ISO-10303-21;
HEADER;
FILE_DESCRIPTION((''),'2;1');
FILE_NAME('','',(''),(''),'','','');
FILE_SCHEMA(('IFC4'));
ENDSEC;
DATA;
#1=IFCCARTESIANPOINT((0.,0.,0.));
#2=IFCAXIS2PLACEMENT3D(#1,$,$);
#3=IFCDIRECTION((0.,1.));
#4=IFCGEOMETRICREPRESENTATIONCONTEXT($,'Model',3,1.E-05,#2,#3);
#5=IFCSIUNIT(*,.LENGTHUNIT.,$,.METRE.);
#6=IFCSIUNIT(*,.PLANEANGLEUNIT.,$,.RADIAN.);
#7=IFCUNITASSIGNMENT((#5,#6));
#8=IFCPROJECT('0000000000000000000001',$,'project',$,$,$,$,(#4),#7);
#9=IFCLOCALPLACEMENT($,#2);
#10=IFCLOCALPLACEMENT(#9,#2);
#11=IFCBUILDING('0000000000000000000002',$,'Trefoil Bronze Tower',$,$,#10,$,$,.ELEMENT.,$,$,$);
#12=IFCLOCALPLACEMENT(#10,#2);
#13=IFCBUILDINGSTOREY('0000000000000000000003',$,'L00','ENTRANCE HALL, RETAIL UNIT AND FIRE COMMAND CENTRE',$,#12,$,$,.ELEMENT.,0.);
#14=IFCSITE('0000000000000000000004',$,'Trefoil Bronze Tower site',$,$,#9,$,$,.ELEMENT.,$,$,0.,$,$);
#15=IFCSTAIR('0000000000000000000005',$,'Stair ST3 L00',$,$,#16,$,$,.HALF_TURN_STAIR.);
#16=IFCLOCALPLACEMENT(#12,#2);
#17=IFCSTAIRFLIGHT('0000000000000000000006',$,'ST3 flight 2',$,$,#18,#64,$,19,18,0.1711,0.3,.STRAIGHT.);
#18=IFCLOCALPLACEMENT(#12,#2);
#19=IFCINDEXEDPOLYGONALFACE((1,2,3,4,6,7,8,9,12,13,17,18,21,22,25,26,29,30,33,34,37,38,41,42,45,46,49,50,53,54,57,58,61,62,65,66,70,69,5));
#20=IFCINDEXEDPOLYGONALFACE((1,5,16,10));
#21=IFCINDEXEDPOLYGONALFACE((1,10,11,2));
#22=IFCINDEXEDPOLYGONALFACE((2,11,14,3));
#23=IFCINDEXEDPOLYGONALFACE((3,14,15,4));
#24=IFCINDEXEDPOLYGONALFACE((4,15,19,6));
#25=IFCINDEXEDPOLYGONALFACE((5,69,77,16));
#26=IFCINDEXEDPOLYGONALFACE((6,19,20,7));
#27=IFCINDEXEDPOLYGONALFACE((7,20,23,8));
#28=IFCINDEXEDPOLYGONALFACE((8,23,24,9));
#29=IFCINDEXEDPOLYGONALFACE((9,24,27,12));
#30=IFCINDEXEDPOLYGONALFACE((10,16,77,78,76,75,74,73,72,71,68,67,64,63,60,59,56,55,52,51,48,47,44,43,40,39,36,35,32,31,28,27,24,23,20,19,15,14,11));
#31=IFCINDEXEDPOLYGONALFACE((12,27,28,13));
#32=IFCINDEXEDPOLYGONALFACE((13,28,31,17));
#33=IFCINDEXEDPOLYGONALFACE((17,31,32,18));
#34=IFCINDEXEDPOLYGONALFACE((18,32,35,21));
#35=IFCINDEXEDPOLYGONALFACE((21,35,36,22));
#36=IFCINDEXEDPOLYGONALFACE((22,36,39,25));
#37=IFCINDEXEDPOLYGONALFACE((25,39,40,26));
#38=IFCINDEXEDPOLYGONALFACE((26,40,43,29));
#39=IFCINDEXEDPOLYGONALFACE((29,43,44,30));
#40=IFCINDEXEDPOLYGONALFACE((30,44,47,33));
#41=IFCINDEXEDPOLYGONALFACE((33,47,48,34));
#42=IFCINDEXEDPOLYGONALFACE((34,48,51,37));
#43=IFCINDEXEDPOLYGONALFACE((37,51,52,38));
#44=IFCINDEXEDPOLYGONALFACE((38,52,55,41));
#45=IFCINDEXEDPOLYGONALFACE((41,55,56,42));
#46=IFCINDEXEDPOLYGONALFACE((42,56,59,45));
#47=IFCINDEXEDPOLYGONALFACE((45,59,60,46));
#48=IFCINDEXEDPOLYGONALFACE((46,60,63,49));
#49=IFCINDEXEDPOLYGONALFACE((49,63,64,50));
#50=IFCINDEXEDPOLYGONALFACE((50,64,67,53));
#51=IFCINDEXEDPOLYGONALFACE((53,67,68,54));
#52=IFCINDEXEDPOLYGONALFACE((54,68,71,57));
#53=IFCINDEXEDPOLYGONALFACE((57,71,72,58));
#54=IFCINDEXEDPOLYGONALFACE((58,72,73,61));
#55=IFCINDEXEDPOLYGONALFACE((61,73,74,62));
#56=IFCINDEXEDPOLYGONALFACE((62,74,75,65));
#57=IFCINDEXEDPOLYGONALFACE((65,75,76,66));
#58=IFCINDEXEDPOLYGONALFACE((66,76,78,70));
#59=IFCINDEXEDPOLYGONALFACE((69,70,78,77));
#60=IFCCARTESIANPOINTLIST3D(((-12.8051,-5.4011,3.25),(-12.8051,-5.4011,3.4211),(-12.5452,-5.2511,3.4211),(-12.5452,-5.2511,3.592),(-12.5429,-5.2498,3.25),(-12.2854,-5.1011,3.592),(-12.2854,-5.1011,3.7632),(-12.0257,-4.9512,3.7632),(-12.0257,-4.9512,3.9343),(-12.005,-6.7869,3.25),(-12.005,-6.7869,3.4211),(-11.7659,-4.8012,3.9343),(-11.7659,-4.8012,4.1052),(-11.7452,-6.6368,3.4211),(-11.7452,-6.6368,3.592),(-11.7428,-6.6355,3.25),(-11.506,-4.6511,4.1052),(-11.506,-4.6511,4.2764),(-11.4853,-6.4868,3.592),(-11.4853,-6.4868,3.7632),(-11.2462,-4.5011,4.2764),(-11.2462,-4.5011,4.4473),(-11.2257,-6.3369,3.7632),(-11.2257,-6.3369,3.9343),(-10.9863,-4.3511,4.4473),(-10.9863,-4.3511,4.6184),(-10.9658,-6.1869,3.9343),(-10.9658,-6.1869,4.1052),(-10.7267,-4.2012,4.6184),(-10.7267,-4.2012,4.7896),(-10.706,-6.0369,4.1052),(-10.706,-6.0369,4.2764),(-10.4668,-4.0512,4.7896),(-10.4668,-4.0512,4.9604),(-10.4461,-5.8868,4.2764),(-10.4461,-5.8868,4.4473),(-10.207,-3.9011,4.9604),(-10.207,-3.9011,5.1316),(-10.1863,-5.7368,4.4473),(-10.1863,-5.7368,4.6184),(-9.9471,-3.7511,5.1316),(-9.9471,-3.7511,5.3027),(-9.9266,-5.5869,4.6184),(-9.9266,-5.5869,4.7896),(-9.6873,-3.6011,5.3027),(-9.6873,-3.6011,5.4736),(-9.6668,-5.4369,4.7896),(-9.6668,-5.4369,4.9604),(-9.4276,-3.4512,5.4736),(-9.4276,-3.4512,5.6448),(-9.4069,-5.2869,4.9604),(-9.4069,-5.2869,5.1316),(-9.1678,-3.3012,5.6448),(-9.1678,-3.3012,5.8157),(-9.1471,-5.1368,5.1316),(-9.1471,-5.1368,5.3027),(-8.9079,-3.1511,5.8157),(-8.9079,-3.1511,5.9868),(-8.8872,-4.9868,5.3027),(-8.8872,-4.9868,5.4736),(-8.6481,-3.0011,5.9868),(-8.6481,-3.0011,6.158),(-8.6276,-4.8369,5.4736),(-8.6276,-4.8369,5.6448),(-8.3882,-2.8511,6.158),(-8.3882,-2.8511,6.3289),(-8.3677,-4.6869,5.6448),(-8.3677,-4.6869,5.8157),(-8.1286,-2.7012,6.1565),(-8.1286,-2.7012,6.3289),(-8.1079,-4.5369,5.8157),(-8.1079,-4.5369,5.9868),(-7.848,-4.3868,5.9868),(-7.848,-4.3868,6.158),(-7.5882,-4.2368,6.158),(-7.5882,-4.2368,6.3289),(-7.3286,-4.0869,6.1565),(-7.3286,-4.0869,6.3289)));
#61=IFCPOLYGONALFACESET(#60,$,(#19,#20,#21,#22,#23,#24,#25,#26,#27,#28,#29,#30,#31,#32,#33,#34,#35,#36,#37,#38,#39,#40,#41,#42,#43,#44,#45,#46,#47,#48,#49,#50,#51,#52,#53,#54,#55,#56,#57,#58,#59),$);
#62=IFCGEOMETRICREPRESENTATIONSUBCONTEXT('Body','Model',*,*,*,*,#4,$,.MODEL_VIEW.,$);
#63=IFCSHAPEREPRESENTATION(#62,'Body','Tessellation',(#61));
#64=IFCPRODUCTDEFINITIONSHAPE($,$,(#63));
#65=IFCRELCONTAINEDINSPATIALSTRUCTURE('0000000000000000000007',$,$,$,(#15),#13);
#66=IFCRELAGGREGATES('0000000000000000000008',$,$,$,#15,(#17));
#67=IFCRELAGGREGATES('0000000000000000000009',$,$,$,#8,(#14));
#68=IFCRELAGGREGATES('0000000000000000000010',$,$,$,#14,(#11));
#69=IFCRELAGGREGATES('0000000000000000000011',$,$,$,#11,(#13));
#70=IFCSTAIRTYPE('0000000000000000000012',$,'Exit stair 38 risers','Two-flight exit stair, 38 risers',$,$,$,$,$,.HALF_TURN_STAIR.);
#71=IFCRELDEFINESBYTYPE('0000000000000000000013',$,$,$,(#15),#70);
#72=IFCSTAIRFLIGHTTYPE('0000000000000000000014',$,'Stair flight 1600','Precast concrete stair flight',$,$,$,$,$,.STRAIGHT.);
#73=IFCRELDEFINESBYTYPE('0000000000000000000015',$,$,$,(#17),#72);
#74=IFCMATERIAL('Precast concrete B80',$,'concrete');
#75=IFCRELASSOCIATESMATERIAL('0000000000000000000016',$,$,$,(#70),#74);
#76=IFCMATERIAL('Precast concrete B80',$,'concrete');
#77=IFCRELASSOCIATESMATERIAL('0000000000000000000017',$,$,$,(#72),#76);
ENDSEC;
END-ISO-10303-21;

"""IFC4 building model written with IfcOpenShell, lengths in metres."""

from ifc_helpers import new_model, si_unit, direction, frame, origin, place, context, subcontext, project, spatial, polyline, outline, extrude, material, type_object, element, aggregate, save


model = new_model("IFC4")

# Units and contexts
model_context = context("Model", 3, precision=1e-05, world=origin(), true_north=direction((0.0, 1.0)))
body_context = subcontext(model_context, "Body", "Model", "MODEL_VIEW")
ifc_project = project(units=[si_unit("LENGTHUNIT", "METRE"), si_unit("PLANEANGLEUNIT", "RADIAN")], contexts=[model_context])

# Site, building, storey
site_placement = place(None, origin())
site = spatial("IfcSite", under=ifc_project, at=site_placement, Name="Trefoil Bronze Tower site", CompositionType="ELEMENT", RefElevation=0.0)
building_placement = place(site_placement, origin())
building = spatial("IfcBuilding", under=site, at=building_placement, Name="Trefoil Bronze Tower", CompositionType="ELEMENT")
storey_placement = place(building_placement, origin())
storey = spatial("IfcBuildingStorey", under=building, at=storey_placement, Name="L00", Description="ENTRANCE HALL, RETAIL UNIT AND FIRE COMMAND CENTRE", CompositionType="ELEMENT", Elevation=0.0)

# Stair, stair flight
ifc_material_1 = material(Name="Precast concrete B80", Category="concrete")
stair_type = type_object("IfcStairType", Name="Exit stair 38 risers", Description="Two-flight exit stair, 38 risers", PredefinedType="HALF_TURN_STAIR", material=ifc_material_1)
stair_placement = place(storey_placement, origin())
stair = element("IfcStair", 1, at=stair_placement, inside=storey, type_object=stair_type, Name="Stair ST3 L00", PredefinedType="HALF_TURN_STAIR")
ifc_material_2 = material(Name="Precast concrete B80", Category="concrete")
stair_flight_type = type_object("IfcStairFlightType", Name="Stair flight 1600", Description="Precast concrete stair flight", PredefinedType="STRAIGHT", material=ifc_material_2)
stair_flight_placement = place(storey_placement, frame((-12.405, -6.094, 3.25), z_axis=(0.0, 0.0, 1.0), x_axis=(0.866025, 0.5, 0.0)))
stair_flight = element("IfcStairFlight", 2, at=stair_flight_placement, type_object=stair_flight_type, Name="ST3 flight 2", NumberOfRisers=19, NumberOfTreads=18, PredefinedType="STRAIGHT", RiserHeight=0.1711, TreadLength=0.3, context=body_context, shape_type="SweptSolid", body=[
    extrude(outline(polyline([(0.0, 0.0), (0.0, 0.1711), (0.3, 0.1711), (0.3, 0.342), (0.6001, 0.342), (0.6001, 0.5132), (0.8999, 0.5132), (0.8999, 0.6843), (1.2, 0.6843), (1.2, 0.8552), (1.5, 0.8552), (1.5, 1.0264), (1.8, 1.0264), (1.8, 1.1973), (2.1001, 1.1973), (2.1001, 1.3684), (2.3999, 1.3684), (2.3999, 1.5396), (2.7, 1.5396), (2.7, 1.7104), (3.0, 1.7104), (3.0, 1.8816), (3.3, 1.8816), (3.3, 2.0527), (3.6001, 2.0527), (3.6001, 2.2236), (3.8999, 2.2236), (3.8999, 2.3948), (4.2, 2.3948), (4.2, 2.5657), (4.5, 2.5657), (4.5, 2.7368), (4.8, 2.7368), (4.8, 2.908), (5.1001, 2.908), (5.1001, 3.0789), (5.3999, 3.0789), (5.3999, 3.25), (5.3999, 2.9065), (0.3027, 0.0), (0.0, 0.0)])), frame((0.0, 0.8, 0.0), z_axis=(0.0, -1.0, 0.0), x_axis=(1.0, 0.0, 0.0)), (0.0, 0.0, 1.0), 1.6001),
])
aggregate(stair, [stair_flight])

save(model, "model.ifc")
